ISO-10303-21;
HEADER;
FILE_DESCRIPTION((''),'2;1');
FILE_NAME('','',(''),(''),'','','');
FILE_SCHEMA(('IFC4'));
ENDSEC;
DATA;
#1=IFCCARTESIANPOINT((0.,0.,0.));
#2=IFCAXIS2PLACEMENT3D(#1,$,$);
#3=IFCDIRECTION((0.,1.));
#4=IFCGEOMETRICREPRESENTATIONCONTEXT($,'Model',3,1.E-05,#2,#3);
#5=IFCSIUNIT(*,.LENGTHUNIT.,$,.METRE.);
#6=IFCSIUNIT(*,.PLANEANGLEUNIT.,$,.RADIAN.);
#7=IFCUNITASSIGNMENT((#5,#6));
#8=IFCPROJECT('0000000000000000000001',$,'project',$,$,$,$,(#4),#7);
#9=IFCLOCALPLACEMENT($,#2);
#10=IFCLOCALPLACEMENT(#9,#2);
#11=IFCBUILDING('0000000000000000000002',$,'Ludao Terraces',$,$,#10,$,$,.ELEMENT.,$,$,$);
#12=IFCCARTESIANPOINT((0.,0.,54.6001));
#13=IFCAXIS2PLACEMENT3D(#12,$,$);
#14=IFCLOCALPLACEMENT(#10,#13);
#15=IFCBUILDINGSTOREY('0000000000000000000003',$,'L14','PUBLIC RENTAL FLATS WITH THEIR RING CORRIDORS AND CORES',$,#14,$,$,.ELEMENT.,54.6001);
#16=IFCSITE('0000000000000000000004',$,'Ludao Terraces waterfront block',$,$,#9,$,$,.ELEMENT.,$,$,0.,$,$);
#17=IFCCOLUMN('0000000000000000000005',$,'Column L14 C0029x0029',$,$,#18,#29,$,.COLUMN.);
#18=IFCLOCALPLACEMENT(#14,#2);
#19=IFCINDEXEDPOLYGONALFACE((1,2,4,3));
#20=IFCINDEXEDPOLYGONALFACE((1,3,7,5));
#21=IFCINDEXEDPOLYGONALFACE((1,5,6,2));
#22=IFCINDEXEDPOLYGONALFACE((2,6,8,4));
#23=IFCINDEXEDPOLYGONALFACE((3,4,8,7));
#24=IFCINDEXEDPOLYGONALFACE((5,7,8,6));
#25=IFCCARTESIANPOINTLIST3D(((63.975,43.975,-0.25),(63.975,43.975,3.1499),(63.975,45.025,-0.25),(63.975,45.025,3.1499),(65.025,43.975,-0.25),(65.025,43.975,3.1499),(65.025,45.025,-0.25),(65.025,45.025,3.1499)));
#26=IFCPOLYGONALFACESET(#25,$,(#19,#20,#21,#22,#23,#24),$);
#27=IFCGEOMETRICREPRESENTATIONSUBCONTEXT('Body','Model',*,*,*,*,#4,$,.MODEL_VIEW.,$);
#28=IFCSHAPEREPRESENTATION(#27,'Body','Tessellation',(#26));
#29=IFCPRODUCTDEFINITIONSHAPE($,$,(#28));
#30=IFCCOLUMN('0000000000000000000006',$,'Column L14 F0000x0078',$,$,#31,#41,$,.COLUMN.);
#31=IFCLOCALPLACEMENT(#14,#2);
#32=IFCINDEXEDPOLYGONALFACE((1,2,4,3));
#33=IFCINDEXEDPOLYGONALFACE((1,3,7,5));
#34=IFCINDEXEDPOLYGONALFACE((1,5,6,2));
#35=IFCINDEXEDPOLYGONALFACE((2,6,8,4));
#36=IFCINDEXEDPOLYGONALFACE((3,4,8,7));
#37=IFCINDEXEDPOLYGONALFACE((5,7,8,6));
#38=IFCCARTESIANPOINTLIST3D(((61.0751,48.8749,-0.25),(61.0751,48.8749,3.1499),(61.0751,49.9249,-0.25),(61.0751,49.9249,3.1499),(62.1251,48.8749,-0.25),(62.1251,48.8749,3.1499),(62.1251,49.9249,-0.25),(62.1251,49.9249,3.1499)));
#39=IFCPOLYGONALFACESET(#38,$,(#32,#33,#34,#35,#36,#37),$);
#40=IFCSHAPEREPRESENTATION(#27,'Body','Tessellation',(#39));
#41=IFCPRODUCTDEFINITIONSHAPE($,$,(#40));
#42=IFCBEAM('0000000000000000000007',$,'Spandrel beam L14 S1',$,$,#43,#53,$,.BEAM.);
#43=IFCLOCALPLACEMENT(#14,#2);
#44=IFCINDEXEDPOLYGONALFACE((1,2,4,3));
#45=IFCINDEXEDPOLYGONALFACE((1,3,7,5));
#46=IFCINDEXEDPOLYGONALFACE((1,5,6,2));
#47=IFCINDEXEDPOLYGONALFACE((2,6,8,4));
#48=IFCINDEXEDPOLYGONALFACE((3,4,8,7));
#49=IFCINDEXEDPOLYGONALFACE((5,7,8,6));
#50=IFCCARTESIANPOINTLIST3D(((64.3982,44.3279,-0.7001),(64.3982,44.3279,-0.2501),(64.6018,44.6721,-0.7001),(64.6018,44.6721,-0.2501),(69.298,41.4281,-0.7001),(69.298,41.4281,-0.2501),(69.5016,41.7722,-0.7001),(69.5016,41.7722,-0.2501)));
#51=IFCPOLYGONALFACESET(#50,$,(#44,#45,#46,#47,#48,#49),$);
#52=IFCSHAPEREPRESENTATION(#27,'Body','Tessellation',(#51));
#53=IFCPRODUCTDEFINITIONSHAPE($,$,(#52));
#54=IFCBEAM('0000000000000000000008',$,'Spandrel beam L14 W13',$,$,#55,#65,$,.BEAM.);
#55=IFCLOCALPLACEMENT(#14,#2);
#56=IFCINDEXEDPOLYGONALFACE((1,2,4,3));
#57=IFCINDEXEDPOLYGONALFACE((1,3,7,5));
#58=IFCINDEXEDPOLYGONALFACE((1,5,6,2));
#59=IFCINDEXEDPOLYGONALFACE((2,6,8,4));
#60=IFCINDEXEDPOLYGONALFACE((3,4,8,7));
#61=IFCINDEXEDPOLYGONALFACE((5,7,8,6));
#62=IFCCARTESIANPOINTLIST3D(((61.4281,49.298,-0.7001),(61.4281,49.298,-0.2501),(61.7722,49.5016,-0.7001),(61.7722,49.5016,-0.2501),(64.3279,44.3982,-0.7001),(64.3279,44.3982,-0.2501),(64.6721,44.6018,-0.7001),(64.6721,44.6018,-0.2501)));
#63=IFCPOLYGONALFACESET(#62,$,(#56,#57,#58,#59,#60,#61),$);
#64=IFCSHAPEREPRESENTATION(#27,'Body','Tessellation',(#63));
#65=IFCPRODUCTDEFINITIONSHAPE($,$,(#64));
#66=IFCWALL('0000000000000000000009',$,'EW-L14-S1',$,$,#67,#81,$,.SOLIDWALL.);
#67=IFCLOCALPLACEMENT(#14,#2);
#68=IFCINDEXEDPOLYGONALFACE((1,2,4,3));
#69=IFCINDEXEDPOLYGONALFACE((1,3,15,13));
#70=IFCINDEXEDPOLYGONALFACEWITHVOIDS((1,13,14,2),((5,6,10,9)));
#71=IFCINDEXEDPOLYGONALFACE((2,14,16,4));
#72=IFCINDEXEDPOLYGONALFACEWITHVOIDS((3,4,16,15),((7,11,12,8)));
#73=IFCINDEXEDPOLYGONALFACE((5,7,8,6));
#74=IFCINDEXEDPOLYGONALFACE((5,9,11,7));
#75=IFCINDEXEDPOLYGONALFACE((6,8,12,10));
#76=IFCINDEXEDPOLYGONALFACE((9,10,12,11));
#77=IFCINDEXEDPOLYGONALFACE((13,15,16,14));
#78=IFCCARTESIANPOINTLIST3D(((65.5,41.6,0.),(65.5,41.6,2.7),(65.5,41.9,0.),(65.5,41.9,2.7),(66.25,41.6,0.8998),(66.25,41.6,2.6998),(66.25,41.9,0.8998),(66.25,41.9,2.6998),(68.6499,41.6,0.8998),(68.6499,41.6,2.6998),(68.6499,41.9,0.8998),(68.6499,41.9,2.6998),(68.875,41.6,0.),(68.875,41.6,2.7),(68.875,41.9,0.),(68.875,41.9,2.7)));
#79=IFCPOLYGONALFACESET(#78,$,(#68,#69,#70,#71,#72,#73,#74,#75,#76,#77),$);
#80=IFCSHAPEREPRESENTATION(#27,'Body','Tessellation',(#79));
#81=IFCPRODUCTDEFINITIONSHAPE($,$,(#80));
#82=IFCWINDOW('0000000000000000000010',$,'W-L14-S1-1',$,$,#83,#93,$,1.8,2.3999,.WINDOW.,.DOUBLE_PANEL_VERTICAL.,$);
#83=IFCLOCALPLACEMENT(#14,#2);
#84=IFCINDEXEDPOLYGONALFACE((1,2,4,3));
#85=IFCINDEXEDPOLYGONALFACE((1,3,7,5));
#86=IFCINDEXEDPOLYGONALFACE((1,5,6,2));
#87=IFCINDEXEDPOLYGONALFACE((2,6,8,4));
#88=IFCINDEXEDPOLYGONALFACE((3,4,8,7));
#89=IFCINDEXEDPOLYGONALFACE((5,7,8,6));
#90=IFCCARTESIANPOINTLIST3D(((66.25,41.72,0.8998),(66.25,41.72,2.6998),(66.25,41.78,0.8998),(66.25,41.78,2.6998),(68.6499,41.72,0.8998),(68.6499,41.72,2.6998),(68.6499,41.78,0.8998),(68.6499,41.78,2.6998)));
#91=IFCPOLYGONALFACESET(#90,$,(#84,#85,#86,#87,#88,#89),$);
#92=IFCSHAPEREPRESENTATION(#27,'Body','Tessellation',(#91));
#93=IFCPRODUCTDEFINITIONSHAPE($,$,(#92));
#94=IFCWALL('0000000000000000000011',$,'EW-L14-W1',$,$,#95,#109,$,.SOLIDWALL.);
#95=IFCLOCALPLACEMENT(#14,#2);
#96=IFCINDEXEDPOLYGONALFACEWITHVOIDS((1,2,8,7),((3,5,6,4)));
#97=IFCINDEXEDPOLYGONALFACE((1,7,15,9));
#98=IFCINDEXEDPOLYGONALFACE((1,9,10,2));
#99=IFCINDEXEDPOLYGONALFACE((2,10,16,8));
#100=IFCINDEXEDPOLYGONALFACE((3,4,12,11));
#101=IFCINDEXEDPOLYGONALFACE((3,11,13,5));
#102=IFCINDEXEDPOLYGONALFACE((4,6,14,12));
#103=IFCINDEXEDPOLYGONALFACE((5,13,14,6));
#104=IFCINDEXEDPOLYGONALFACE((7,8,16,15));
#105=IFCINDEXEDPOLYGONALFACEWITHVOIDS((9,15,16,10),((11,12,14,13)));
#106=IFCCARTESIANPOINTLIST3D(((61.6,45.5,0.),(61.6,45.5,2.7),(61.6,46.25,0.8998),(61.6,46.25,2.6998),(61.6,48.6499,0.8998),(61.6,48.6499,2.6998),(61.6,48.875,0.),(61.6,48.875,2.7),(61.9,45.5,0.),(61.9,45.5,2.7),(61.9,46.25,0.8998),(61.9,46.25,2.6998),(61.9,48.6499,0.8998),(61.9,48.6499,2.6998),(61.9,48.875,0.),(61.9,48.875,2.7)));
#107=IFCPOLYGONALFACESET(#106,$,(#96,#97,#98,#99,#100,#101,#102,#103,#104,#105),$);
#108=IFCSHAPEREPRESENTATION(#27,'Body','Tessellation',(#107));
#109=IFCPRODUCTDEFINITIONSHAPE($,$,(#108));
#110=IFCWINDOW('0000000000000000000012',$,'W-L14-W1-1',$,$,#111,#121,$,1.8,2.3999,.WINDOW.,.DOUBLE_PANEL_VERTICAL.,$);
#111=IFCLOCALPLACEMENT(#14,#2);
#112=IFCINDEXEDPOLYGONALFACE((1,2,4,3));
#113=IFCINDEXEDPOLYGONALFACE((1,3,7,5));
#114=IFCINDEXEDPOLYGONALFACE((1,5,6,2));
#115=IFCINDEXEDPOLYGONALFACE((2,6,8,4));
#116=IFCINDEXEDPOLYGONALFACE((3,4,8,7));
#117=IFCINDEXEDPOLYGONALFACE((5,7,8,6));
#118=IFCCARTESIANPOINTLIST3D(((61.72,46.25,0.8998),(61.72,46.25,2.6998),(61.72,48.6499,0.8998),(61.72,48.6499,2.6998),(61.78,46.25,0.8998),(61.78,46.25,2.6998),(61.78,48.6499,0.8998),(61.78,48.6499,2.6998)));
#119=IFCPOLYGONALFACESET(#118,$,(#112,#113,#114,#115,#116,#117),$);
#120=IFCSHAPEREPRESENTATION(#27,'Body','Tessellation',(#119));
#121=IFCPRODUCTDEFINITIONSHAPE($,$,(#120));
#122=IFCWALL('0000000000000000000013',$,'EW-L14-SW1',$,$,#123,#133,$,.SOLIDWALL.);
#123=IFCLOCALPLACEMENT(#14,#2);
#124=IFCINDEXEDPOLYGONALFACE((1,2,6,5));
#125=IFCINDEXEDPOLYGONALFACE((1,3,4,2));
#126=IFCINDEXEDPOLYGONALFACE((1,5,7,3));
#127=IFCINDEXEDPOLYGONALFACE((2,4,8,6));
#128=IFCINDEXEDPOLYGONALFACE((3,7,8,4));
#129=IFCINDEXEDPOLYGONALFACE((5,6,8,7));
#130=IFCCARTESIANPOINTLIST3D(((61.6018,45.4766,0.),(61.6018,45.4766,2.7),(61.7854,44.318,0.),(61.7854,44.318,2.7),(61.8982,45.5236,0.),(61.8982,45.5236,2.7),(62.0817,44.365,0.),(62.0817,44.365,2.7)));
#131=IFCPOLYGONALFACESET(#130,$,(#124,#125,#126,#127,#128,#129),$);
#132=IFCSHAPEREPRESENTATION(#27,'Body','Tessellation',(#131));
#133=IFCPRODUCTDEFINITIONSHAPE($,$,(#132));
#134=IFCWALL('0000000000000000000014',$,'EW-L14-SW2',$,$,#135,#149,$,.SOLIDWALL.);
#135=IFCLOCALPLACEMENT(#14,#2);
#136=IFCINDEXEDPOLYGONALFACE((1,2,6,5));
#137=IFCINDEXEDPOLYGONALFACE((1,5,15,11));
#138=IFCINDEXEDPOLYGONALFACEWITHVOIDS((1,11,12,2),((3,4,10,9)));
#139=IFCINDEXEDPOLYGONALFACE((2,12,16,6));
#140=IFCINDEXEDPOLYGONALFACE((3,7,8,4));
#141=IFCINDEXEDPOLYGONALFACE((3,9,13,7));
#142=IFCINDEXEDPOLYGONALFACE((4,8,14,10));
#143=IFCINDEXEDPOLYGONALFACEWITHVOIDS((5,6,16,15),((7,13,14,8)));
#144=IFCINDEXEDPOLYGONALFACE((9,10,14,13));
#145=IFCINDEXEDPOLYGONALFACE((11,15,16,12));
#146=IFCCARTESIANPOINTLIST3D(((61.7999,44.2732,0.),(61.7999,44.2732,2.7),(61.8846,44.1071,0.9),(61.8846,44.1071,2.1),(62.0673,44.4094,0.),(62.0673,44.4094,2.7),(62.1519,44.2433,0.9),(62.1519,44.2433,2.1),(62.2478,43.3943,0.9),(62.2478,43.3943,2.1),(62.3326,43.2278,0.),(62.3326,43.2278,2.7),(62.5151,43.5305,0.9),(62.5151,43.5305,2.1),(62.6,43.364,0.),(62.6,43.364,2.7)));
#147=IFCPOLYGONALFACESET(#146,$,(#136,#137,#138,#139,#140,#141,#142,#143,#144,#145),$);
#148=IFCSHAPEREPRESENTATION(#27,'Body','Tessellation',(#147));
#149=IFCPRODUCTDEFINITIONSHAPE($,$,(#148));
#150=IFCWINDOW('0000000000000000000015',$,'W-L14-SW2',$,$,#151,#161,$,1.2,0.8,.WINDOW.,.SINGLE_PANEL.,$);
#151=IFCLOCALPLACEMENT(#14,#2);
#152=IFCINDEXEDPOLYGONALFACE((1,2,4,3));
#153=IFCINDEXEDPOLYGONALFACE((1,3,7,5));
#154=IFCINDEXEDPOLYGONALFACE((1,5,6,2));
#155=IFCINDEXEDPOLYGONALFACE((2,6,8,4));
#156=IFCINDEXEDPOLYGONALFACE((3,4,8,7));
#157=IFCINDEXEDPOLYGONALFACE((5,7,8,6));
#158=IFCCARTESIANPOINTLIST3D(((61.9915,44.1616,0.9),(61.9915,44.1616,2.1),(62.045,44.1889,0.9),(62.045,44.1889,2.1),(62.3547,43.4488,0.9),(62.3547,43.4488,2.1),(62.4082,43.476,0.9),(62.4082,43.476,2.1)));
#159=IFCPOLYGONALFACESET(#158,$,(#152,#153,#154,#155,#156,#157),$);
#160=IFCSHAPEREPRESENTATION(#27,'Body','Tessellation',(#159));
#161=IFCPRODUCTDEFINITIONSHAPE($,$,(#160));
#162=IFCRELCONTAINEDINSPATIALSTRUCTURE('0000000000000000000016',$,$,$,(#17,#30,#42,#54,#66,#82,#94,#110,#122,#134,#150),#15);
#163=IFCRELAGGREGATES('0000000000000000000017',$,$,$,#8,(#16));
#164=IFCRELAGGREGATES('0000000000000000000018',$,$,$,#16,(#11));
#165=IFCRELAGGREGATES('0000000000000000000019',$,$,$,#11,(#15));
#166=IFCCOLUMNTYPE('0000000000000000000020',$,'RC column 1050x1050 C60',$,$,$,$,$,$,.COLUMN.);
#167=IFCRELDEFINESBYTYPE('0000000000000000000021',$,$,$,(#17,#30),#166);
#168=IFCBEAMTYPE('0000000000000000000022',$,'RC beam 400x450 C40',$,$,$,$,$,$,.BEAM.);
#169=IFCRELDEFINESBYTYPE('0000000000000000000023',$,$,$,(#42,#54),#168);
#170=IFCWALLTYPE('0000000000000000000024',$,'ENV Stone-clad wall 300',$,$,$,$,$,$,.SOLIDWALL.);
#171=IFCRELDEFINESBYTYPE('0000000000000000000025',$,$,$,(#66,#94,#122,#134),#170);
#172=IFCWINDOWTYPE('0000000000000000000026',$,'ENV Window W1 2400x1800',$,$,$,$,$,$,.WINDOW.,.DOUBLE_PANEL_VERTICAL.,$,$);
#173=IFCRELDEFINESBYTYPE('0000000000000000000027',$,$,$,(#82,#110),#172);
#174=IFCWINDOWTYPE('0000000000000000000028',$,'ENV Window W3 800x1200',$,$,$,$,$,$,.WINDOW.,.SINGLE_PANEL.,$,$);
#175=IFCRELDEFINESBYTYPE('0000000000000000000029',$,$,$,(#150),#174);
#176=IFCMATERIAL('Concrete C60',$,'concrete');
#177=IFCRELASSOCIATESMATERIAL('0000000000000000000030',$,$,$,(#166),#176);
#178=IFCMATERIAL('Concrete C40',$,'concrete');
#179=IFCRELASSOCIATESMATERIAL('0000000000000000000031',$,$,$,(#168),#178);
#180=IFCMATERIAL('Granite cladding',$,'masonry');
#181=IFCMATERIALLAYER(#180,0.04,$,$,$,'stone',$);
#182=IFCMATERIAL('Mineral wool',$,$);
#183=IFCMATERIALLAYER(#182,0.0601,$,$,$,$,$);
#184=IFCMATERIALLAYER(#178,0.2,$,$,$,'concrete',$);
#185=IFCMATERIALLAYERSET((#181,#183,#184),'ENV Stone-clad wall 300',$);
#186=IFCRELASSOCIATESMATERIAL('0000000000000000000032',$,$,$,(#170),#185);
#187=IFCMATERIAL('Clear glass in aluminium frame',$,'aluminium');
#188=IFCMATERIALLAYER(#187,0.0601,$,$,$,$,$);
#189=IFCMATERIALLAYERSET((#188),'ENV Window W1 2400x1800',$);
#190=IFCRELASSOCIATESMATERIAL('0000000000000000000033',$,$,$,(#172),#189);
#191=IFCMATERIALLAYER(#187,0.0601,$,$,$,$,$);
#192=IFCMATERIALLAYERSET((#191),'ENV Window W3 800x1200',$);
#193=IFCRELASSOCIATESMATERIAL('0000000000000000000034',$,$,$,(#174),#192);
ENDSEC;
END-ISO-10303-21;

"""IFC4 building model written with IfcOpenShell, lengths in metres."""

from ifc_helpers import new_model, si_unit, direction, frame, frame_2d, origin, origin_2d, place, context, subcontext, project, spatial, rectangle, extrude, material, layer, layer_set, material_profile, profile_set, type_object, element, fill, save


model = new_model("IFC4")

# Units and contexts
model_context = context("Model", 3, precision=1e-05, world=origin(), true_north=direction((0.0, 1.0)))
body_context = subcontext(model_context, "Body", "Model", "MODEL_VIEW")
ifc_project = project(units=[si_unit("LENGTHUNIT", "METRE"), si_unit("PLANEANGLEUNIT", "RADIAN")], contexts=[model_context])

# Site, building, storey
site_placement = place(None, origin())
site = spatial("IfcSite", under=ifc_project, at=site_placement, Name="Ludao Terraces waterfront block", CompositionType="ELEMENT", RefElevation=0.0)
building_placement = place(site_placement, origin())
building = spatial("IfcBuilding", under=site, at=building_placement, Name="Ludao Terraces", CompositionType="ELEMENT")
storey_placement = place(building_placement, frame((0.0, 0.0, 54.6001)))
storey = spatial("IfcBuildingStorey", under=building, at=storey_placement, Name="L14", Description="PUBLIC RENTAL FLATS WITH THEIR RING CORRIDORS AND CORES", CompositionType="ELEMENT", Elevation=54.6001)

# Columns
ifc_material_1 = material(Name="Concrete C60", Category="concrete")
ifc_material_profile_1 = material_profile(ifc_material_1, rectangle(XDim=1.05, YDim=1.05, at=origin_2d()), Name="1050 X 1050")
ifc_profile_set_1 = profile_set([ifc_material_profile_1], Name="Concrete C60")
column_type = type_object("IfcColumnType", Name="RC column 1050x1050 C60", PredefinedType="COLUMN", material=ifc_profile_set_1)
for number, where, z_axis, x_axis, name in (
    (1, (64.5, 44.5, -0.25), (0.0, 0.0, 1.0), (1.0, 0.0, 0.0), "Column L14 C0029x0029"),
    (2, (61.6001, 49.3999, -0.25), (0.0, 0.0, 1.0), (1.0, 0.0, 0.0), "Column L14 F0000x0078"),
):
    element("IfcColumn", number, at=place(storey_placement, frame(where, z_axis=z_axis, x_axis=x_axis)), inside=storey, type_object=column_type, Name=name, PredefinedType="COLUMN", context=body_context, shape_type="SweptSolid", body=[
        extrude(rectangle(XDim=1.05, YDim=1.05, at=origin_2d()), origin(), (0.0, 0.0, 1.0), 3.3999),
    ])

# Beams
ifc_material_2 = material(Name="Concrete C40", Category="concrete")
ifc_material_profile_2 = material_profile(ifc_material_2, rectangle(XDim=0.3999, YDim=0.45, at=origin_2d()), Name="400 X 450")
ifc_profile_set_2 = profile_set([ifc_material_profile_2], Name="Concrete C40")
beam_type = type_object("IfcBeamType", Name="RC beam 400x450 C40", PredefinedType="BEAM", material=ifc_profile_set_2)
for number, where, z_axis, x_axis, name in (
    (3, (64.5, 44.5, -0.4751), (0.86058, -0.509316, 0.0), (0.509316, 0.86058, 0.0), "Spandrel beam L14 S1"),
    (4, (64.5, 44.5, -0.4751), (-0.509316, 0.86058, 0.0), (-0.86058, -0.509316, 0.0), "Spandrel beam L14 W13"),
):
    element("IfcBeam", number, at=place(storey_placement, frame(where, z_axis=z_axis, x_axis=x_axis)), inside=storey, type_object=beam_type, Name=name, PredefinedType="BEAM", context=body_context, shape_type="SweptSolid", body=[
        extrude(rectangle(XDim=0.3999, YDim=0.45, at=origin_2d()), origin(), (0.0, 0.0, 1.0), 5.6936),
    ])

# Walls, openings, windows
ifc_material_3 = material(Name="Granite cladding", Category="masonry")
ifc_layer_1 = layer(ifc_material_3, 0.04, Category="stone")
ifc_material_4 = material(Name="Mineral wool")
ifc_layer_2 = layer(ifc_material_4, 0.0601)
ifc_layer_3 = layer(ifc_material_2, 0.2, Category="concrete")
ifc_layer_set_1 = layer_set([ifc_layer_1, ifc_layer_2, ifc_layer_3], Name="ENV Stone-clad wall 300")
wall_type_1 = type_object("IfcWallType", Name="ENV Stone-clad wall 300", PredefinedType="SOLIDWALL", material=ifc_layer_set_1)
wall_1_placement = place(storey_placement, frame((65.5, 41.75, 0.0), z_axis=(0.0, 0.0, 1.0), x_axis=(1.0, 0.0, 0.0)))
wall_1 = element("IfcWall", 5, at=wall_1_placement, inside=storey, type_object=wall_type_1, Name="EW-L14-S1", PredefinedType="SOLIDWALL", context=body_context, shape_type="SweptSolid", body=[
    extrude(rectangle(XDim=3.375, YDim=0.3, at=frame_2d((1.6875, 0.0))), origin(), (0.0, 0.0, 1.0), 2.7),
])
opening_1_placement = place(wall_1_placement, frame((0.75, 0.0, 0.8999)))
opening_1 = element("IfcOpeningElement", 6, at=opening_1_placement, cuts=wall_1, PredefinedType="OPENING", context=body_context, shape_type="SweptSolid", body=[
    extrude(rectangle(XDim=2.3999, YDim=1.8, at=frame_2d((1.2, 0.8999))), frame((0.0, 0.1602, 0.0), z_axis=(0.0, -1.0, 0.0), x_axis=(1.0, 0.0, 0.0)), (0.0, 0.0, 1.0), 0.3201),
])
ifc_material_5 = material(Name="Clear glass in aluminium frame", Category="aluminium")
ifc_layer_4 = layer(ifc_material_5, 0.0601)
ifc_layer_set_2 = layer_set([ifc_layer_4], Name="ENV Window W1 2400x1800")
window_type_1 = type_object("IfcWindowType", Name="ENV Window W1 2400x1800", PartitioningType="DOUBLE_PANEL_VERTICAL", PredefinedType="WINDOW", material=ifc_layer_set_2)
window_1_placement = place(opening_1_placement, origin())
window_1 = element("IfcWindow", 7, at=window_1_placement, inside=storey, type_object=window_type_1, Name="W-L14-S1-1", OverallHeight=1.8, OverallWidth=2.3999, PartitioningType="DOUBLE_PANEL_VERTICAL", PredefinedType="WINDOW", context=body_context, shape_type="SweptSolid", body=[
    extrude(rectangle(XDim=2.3999, YDim=1.8, at=frame_2d((1.2, 0.8999))), frame((0.0, 0.03, 0.0), z_axis=(0.0, -1.0, 0.0), x_axis=(1.0, 0.0, 0.0)), (0.0, 0.0, 1.0), 0.0601),
])
fill(opening_1, window_1)
wall_2_placement = place(storey_placement, frame((61.75, 45.5, 0.0), z_axis=(0.0, 0.0, 1.0), x_axis=(0.0, 1.0, 0.0)))
wall_2 = element("IfcWall", 8, at=wall_2_placement, inside=storey, type_object=wall_type_1, Name="EW-L14-W1", PredefinedType="SOLIDWALL", context=body_context, shape_type="SweptSolid", body=[
    extrude(rectangle(XDim=3.375, YDim=0.3, at=frame_2d((1.6875, 0.0))), origin(), (0.0, 0.0, 1.0), 2.7),
])
opening_2_placement = place(wall_2_placement, frame((0.75, 0.0, 0.8999)))
opening_2 = element("IfcOpeningElement", 9, at=opening_2_placement, cuts=wall_2, PredefinedType="OPENING", context=body_context, shape_type="SweptSolid", body=[
    extrude(rectangle(XDim=2.3999, YDim=1.8, at=frame_2d((1.2, 0.8999))), frame((0.0, 0.1602, 0.0), z_axis=(0.0, -1.0, 0.0), x_axis=(1.0, 0.0, 0.0)), (0.0, 0.0, 1.0), 0.3201),
])
window_2_placement = place(opening_2_placement, origin())
window_2 = element("IfcWindow", 10, at=window_2_placement, inside=storey, type_object=window_type_1, Name="W-L14-W1-1", OverallHeight=1.8, OverallWidth=2.3999, PartitioningType="DOUBLE_PANEL_VERTICAL", PredefinedType="WINDOW", context=body_context, shape_type="SweptSolid", body=[
    extrude(rectangle(XDim=2.3999, YDim=1.8, at=frame_2d((1.2, 0.8999))), frame((0.0, 0.03, 0.0), z_axis=(0.0, -1.0, 0.0), x_axis=(1.0, 0.0, 0.0)), (0.0, 0.0, 1.0), 0.0601),
])
fill(opening_2, window_2)

# Wall
wall_3_placement = place(storey_placement, frame((61.75, 45.5, 0.0), z_axis=(0.0, 0.0, 1.0), x_axis=(0.156497, -0.987678, 0.0)))
element("IfcWall", 11, at=wall_3_placement, inside=storey, type_object=wall_type_1, Name="EW-L14-SW1", PredefinedType="SOLIDWALL", context=body_context, shape_type="SweptSolid", body=[
    extrude(rectangle(XDim=1.1731, YDim=0.3, at=frame_2d((0.5864, 0.0))), origin(), (0.0, 0.0, 1.0), 2.7),
])

# Wall, opening, window
wall_4_placement = place(storey_placement, frame((61.9336, 44.3413, 0.0), z_axis=(0.0, 0.0, 1.0), x_axis=(0.454026, -0.890989, 0.0)))
wall_4 = element("IfcWall", 12, at=wall_4_placement, inside=storey, type_object=wall_type_1, Name="EW-L14-SW2", PredefinedType="SOLIDWALL", context=body_context, shape_type="SweptSolid", body=[
    extrude(rectangle(XDim=1.1733, YDim=0.3, at=frame_2d((0.5867, 0.0))), origin(), (0.0, 0.0, 1.0), 2.7),
])
opening_3_placement = place(wall_4_placement, frame((0.1865, 0.0, 0.8999)))
opening_3 = element("IfcOpeningElement", 13, at=opening_3_placement, cuts=wall_4, PredefinedType="OPENING", context=body_context, shape_type="SweptSolid", body=[
    extrude(rectangle(XDim=0.8, YDim=1.2, at=frame_2d((0.3999, 0.6001))), frame((0.0, 0.1602, 0.0), z_axis=(0.0, -1.0, 0.0), x_axis=(1.0, 0.0, 0.0)), (0.0, 0.0, 1.0), 0.3201),
])
ifc_layer_5 = layer(ifc_material_5, 0.0601)
ifc_layer_set_3 = layer_set([ifc_layer_5], Name="ENV Window W3 800x1200")
window_type_2 = type_object("IfcWindowType", Name="ENV Window W3 800x1200", PartitioningType="SINGLE_PANEL", PredefinedType="WINDOW", material=ifc_layer_set_3)
window_3_placement = place(opening_3_placement, origin())
window_3 = element("IfcWindow", 14, at=window_3_placement, inside=storey, type_object=window_type_2, Name="W-L14-SW2", OverallHeight=1.2, OverallWidth=0.8, PartitioningType="SINGLE_PANEL", PredefinedType="WINDOW", context=body_context, shape_type="SweptSolid", body=[
    extrude(rectangle(XDim=0.8, YDim=1.2, at=frame_2d((0.3999, 0.6001))), frame((0.0, 0.03, 0.0), z_axis=(0.0, -1.0, 0.0), x_axis=(1.0, 0.0, 0.0)), (0.0, 0.0, 1.0), 0.0601),
])
fill(opening_3, window_3)

save(model, "model.ifc")
